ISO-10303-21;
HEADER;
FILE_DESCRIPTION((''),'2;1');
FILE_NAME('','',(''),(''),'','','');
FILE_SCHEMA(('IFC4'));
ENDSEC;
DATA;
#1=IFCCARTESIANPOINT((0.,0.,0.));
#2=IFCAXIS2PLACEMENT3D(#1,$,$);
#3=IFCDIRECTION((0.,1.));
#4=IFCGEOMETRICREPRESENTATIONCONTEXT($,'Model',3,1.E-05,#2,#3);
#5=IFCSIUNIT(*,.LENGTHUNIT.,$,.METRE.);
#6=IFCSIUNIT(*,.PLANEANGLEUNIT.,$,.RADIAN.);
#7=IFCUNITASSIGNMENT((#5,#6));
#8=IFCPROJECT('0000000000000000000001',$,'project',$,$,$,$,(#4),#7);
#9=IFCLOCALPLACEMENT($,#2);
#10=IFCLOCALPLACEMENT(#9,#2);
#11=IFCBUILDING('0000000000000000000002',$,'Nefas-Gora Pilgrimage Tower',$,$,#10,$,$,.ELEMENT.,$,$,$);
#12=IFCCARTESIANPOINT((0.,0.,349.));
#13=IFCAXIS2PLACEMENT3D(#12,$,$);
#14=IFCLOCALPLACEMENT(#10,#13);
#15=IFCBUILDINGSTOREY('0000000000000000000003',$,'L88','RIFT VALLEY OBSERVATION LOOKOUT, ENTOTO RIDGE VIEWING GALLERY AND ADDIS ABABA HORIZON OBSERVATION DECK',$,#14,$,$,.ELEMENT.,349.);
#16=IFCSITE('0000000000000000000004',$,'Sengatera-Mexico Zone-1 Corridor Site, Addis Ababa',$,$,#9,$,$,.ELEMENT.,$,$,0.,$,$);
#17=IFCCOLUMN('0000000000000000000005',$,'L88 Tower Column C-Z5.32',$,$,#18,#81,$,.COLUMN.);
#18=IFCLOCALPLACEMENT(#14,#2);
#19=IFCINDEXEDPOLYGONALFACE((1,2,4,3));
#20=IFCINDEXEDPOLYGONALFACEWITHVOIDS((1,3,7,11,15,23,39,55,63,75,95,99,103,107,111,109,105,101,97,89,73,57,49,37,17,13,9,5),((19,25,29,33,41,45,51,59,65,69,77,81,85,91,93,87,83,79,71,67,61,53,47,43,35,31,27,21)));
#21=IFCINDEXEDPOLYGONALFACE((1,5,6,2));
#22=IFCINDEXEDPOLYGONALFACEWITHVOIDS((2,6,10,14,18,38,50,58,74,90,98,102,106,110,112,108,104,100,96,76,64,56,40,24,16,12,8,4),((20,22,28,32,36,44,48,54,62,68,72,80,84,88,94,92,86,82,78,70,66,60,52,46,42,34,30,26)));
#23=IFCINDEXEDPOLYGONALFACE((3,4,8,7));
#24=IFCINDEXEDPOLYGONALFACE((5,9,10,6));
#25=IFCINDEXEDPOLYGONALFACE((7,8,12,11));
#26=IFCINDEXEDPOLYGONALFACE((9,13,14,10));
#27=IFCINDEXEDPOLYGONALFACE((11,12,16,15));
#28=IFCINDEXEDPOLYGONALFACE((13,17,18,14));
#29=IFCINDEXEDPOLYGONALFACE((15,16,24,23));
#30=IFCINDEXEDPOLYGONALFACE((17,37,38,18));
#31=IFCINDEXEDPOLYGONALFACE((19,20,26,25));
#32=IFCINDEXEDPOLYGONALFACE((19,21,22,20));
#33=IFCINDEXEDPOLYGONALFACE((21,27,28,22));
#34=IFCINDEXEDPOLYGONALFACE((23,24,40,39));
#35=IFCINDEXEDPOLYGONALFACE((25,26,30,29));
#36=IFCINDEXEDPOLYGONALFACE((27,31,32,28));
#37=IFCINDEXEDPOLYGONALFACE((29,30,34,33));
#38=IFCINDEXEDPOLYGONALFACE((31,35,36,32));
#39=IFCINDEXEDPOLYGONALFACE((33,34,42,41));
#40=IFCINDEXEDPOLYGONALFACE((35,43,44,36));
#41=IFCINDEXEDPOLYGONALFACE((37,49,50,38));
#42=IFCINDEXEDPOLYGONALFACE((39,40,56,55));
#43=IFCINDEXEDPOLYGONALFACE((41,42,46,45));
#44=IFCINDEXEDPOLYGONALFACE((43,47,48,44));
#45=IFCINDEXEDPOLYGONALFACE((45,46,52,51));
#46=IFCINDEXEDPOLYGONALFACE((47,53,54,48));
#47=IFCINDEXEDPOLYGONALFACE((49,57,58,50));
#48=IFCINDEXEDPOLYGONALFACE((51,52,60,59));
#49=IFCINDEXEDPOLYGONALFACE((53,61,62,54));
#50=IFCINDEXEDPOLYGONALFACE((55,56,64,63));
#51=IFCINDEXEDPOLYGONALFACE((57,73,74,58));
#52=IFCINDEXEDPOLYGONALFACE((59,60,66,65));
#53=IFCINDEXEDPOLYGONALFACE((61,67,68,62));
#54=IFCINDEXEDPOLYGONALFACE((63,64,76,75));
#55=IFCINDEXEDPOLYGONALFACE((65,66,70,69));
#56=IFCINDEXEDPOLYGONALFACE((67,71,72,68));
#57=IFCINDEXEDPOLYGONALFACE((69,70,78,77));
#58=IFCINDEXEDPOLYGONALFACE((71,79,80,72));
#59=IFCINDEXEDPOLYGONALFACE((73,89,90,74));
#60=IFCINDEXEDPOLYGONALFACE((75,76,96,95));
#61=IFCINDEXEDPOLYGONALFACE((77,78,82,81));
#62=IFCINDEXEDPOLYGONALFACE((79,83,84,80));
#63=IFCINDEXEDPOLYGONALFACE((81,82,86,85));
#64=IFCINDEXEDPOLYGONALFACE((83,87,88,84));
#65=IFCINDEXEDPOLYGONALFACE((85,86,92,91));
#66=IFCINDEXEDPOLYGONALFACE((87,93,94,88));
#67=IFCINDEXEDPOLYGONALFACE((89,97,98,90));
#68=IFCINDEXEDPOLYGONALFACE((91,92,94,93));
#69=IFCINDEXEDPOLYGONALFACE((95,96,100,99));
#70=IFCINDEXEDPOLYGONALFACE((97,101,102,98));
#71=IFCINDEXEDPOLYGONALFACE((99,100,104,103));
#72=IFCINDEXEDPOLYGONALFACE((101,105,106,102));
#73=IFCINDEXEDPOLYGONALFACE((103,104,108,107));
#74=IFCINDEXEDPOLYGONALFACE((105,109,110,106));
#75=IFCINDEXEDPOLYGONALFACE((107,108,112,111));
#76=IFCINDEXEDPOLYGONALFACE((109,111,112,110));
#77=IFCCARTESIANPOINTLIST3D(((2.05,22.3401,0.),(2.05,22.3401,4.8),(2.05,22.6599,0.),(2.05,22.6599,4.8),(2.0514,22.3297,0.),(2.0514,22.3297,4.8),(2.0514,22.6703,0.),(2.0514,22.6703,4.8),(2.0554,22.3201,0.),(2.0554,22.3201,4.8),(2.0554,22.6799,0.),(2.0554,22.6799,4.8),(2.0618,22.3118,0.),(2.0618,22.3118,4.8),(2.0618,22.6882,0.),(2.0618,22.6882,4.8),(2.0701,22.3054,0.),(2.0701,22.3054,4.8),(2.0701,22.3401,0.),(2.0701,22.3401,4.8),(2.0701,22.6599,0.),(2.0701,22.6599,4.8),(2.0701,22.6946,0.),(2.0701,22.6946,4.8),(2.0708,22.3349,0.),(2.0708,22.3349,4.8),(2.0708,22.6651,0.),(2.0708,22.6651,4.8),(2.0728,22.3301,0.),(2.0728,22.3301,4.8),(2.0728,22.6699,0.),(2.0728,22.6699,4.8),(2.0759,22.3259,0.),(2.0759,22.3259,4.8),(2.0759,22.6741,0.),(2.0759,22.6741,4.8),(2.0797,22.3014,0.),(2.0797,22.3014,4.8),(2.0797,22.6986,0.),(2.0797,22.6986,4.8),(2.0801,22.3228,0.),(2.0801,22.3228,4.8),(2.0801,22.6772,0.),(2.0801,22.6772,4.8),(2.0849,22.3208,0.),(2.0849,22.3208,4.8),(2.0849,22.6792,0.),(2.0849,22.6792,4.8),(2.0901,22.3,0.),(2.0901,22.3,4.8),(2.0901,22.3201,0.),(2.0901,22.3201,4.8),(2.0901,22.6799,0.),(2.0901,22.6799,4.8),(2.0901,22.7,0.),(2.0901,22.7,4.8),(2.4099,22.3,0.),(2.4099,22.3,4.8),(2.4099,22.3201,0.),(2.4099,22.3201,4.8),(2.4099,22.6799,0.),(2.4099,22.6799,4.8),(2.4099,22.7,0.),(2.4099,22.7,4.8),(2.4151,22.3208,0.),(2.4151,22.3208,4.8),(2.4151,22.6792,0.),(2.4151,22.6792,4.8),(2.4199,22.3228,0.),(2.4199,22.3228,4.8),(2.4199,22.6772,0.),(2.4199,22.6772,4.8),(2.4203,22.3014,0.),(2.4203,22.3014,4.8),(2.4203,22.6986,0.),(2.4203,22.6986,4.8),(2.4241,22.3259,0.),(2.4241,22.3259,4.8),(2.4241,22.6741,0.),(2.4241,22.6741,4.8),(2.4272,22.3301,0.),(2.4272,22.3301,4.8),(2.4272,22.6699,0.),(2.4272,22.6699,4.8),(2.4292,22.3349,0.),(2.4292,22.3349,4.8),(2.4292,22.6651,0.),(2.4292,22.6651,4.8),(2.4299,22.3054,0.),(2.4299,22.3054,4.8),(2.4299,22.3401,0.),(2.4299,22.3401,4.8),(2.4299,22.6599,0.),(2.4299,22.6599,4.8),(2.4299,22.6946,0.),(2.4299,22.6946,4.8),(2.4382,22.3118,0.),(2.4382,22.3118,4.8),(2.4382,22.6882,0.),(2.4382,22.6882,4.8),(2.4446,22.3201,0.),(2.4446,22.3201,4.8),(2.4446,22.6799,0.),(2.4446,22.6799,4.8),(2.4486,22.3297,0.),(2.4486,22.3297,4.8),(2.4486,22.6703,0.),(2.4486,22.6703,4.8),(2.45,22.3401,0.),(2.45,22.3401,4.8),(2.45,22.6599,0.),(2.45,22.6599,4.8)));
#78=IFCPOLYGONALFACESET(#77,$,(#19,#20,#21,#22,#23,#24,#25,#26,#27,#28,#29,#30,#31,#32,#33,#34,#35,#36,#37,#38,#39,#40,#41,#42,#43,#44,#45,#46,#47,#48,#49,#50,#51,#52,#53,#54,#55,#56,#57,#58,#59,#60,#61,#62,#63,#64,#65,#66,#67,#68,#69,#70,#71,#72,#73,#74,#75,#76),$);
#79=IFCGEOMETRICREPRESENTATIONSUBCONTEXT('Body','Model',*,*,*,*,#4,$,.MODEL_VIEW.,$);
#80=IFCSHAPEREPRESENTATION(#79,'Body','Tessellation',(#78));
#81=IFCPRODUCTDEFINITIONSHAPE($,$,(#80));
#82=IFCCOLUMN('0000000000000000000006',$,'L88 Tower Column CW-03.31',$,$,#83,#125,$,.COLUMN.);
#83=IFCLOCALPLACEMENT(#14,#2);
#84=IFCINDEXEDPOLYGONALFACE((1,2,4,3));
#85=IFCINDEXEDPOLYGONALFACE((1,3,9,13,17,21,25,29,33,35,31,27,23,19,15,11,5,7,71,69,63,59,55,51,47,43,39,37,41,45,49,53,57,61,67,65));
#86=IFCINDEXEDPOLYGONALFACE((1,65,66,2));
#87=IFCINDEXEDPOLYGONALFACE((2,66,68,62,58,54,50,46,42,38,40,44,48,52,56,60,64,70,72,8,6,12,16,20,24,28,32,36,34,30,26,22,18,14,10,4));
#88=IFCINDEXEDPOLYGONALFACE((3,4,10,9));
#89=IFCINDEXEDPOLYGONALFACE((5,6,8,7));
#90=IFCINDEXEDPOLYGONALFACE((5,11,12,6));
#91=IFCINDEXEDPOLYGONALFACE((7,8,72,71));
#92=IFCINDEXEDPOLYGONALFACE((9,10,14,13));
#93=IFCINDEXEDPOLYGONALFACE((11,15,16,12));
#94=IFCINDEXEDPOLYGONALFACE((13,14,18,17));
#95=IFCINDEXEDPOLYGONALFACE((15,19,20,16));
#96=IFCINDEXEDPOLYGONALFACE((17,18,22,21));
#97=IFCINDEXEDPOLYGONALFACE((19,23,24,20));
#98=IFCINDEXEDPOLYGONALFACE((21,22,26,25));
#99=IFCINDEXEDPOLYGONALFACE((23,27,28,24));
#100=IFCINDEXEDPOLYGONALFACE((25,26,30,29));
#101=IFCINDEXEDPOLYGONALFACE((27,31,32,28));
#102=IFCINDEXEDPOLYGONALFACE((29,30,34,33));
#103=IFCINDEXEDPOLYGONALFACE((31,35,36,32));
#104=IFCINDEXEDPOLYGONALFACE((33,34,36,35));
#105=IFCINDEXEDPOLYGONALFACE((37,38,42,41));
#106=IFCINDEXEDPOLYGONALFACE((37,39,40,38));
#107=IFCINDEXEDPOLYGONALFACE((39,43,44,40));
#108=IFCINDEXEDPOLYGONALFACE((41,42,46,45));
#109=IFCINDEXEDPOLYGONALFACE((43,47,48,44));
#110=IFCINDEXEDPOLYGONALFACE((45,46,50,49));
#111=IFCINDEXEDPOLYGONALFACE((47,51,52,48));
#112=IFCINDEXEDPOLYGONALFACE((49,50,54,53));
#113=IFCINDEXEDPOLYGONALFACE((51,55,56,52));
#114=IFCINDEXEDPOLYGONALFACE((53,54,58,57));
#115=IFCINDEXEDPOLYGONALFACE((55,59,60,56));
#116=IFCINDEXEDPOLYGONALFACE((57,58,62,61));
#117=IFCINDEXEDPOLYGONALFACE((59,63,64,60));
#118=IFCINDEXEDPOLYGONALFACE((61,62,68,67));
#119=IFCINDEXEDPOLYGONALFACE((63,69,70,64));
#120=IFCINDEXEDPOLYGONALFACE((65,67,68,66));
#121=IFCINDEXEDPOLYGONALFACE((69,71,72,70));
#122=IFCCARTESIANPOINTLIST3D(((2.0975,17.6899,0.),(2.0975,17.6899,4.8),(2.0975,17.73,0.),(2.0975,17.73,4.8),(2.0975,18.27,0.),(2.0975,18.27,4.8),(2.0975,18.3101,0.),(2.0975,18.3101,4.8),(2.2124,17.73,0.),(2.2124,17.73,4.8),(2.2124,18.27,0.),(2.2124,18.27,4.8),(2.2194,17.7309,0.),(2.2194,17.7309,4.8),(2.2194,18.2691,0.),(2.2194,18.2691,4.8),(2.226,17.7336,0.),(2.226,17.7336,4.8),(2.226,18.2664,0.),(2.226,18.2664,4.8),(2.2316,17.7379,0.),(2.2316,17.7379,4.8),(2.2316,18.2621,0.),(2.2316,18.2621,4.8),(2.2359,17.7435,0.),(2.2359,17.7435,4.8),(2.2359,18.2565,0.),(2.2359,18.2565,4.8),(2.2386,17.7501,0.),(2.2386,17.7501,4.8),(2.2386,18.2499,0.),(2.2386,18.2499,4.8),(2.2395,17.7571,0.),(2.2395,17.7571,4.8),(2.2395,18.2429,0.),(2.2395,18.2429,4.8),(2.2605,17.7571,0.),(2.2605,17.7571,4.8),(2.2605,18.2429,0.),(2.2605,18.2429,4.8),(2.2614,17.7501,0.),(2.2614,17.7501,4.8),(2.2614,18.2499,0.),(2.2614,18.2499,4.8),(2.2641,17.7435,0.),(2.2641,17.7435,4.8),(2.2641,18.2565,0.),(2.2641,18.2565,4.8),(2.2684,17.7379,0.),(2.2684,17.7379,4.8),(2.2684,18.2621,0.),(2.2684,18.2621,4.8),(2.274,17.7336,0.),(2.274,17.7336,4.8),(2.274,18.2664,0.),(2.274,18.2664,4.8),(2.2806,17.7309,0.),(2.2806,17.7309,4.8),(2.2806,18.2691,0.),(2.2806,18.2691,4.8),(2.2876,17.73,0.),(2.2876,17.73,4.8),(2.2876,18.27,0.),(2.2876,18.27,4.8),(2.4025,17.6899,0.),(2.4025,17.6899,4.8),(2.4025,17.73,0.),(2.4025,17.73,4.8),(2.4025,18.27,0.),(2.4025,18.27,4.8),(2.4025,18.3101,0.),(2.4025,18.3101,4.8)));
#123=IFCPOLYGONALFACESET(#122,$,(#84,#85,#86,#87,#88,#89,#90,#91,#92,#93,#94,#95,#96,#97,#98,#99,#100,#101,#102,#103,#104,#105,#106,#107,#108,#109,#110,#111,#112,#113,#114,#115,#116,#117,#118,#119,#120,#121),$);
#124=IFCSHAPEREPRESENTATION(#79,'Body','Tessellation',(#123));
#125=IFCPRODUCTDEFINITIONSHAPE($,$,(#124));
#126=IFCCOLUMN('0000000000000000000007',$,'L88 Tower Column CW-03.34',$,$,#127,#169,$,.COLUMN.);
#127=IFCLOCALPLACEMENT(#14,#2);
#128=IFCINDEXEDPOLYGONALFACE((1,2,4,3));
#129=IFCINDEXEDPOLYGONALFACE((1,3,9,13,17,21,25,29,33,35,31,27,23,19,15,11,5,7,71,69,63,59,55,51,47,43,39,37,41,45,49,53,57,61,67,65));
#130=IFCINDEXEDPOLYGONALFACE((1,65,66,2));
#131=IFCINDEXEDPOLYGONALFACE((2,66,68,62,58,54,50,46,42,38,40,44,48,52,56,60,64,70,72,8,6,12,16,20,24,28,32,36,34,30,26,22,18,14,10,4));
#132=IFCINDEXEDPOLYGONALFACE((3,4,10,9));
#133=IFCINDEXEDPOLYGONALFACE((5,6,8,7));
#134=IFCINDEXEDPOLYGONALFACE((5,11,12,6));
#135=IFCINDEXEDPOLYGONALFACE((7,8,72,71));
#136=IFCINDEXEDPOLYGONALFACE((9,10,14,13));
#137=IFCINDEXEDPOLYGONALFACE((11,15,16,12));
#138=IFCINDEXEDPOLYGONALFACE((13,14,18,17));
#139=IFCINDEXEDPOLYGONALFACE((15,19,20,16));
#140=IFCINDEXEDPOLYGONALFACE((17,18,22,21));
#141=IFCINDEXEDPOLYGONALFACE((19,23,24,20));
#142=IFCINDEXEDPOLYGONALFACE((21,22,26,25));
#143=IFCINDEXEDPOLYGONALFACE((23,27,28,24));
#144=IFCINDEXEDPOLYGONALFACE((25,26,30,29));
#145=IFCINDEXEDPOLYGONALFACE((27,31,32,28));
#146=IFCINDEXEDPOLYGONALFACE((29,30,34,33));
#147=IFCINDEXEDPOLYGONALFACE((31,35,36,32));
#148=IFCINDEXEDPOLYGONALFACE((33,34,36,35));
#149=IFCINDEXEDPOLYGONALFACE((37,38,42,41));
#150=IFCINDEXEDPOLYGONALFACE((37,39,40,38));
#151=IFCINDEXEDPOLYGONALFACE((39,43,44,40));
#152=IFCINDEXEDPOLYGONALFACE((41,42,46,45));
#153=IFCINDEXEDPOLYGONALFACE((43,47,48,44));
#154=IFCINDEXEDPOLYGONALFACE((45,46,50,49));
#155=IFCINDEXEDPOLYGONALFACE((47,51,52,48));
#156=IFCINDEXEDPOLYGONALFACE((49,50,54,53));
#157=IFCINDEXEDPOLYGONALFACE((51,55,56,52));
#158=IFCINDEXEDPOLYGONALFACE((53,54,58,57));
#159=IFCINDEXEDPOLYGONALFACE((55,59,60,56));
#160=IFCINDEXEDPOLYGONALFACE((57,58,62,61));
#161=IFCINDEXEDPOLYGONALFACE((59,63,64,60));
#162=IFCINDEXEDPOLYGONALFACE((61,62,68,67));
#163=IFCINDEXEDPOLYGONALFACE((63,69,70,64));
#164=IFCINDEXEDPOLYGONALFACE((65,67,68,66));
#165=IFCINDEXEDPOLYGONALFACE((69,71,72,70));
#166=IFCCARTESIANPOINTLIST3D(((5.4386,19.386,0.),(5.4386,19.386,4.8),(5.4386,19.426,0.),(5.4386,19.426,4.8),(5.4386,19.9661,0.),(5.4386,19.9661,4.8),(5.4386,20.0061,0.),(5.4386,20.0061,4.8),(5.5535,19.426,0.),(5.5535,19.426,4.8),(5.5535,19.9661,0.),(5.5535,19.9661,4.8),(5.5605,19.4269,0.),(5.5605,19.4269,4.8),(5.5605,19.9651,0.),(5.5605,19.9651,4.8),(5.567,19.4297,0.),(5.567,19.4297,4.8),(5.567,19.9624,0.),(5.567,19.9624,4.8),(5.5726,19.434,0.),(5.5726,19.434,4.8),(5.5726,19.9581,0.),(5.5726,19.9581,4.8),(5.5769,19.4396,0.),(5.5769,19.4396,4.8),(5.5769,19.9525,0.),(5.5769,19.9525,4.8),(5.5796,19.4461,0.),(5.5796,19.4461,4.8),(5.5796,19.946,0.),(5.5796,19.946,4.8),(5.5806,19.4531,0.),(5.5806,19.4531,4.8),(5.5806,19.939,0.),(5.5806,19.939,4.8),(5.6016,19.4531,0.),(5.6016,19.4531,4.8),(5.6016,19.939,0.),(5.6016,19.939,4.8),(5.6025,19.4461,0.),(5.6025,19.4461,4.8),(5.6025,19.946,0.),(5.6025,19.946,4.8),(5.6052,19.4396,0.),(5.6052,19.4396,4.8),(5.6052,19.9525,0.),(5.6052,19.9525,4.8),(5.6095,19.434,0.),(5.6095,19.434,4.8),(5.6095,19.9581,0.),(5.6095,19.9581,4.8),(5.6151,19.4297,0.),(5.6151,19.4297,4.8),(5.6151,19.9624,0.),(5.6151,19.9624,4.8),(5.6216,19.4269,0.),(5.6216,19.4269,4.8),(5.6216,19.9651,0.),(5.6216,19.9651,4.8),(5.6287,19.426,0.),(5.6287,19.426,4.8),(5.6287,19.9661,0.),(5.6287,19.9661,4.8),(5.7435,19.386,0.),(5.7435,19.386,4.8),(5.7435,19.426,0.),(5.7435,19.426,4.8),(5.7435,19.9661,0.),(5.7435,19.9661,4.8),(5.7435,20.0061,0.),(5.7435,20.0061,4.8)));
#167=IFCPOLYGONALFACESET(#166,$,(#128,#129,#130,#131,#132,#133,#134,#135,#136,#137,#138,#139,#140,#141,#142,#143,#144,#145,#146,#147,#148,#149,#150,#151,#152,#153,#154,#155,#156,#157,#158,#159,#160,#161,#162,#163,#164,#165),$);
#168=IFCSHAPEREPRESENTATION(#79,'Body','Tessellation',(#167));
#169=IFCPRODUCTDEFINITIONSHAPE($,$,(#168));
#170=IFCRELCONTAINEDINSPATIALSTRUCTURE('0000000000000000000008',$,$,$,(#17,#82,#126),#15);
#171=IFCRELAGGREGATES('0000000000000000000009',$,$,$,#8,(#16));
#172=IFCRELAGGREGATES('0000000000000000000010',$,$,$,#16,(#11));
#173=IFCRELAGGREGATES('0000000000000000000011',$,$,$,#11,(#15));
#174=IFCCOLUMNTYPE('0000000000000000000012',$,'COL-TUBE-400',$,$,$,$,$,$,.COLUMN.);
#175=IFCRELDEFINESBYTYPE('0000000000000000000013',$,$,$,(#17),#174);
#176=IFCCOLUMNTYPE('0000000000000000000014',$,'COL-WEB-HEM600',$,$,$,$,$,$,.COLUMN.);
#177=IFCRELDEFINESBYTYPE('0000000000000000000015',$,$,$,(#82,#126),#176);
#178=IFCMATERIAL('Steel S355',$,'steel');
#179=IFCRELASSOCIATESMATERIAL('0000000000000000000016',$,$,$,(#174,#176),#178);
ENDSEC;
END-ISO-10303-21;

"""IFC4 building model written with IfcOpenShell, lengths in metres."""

from ifc_helpers import new_model, si_unit, direction, frame, origin, origin_2d, place, context, subcontext, project, spatial, hollow_rectangle, i_section, extrude, source, transform, mapped, material, material_profile, profile_set, type_object, element, save


model = new_model("IFC4")

# Units and contexts
model_context = context("Model", 3, precision=1e-05, world=origin(), true_north=direction((0.0, 1.0)))
body_context = subcontext(model_context, "Body", "Model", "MODEL_VIEW")
ifc_project = project(units=[si_unit("LENGTHUNIT", "METRE"), si_unit("PLANEANGLEUNIT", "RADIAN")], contexts=[model_context])

# Site, building, storey
site_placement = place(None, origin())
site = spatial("IfcSite", under=ifc_project, at=site_placement, Name="Sengatera-Mexico Zone-1 Corridor Site, Addis Ababa", CompositionType="ELEMENT", RefElevation=0.0)
building_placement = place(site_placement, origin())
building = spatial("IfcBuilding", under=site, at=building_placement, Name="Nefas-Gora Pilgrimage Tower", CompositionType="ELEMENT")
storey_placement = place(building_placement, frame((0.0, 0.0, 349.0)))
storey = spatial("IfcBuildingStorey", under=building, at=storey_placement, Name="L88", Description="RIFT VALLEY OBSERVATION LOOKOUT, ENTOTO RIDGE VIEWING GALLERY AND ADDIS ABABA HORIZON OBSERVATION DECK", CompositionType="ELEMENT", Elevation=349.0)

# Columns
ifc_material_1 = material(Name="Steel S355", Category="steel")
ifc_material_profile_1 = material_profile(ifc_material_1, hollow_rectangle(XDim=0.3999, YDim=0.3999, WallThickness=0.02, InnerFilletRadius=0.02, OuterFilletRadius=0.04, at=origin_2d()), Name="SHS 400x400x20")
ifc_profile_set_1 = profile_set([ifc_material_profile_1], Name="Steel S355")
column_type_1 = type_object("IfcColumnType", Name="COL-TUBE-400", PredefinedType="COLUMN", material=ifc_profile_set_1)
shared_shape_1 = source(origin(), body_context, "Body", "SweptSolid", [
    extrude(hollow_rectangle(XDim=0.3999, YDim=0.3999, WallThickness=0.02, InnerFilletRadius=0.02, OuterFilletRadius=0.04, at=origin_2d()), origin(), (0.0, 0.0, 1.0), 4.8),
])
column_1_placement = place(storey_placement, frame((2.25, 22.5, 0.0), z_axis=(0.0, 0.0, 1.0), x_axis=(1.0, 0.0, 0.0)))
element("IfcColumn", 1, at=column_1_placement, inside=storey, type_object=column_type_1, Name="L88 Tower Column C-Z5.32", PredefinedType="COLUMN", context=body_context, shape_type="MappedRepresentation", body=[
    mapped(shared_shape_1, transform((0.0, 0.0, 0.0), x_axis=(1.0, 0.0, 0.0), y_axis=(0.0, 1.0, 0.0), z_axis=(0.0, 0.0, 1.0), scale=1.0)),
])
ifc_material_profile_2 = material_profile(ifc_material_1, i_section(OverallWidth=0.3049, OverallDepth=0.6201, WebThickness=0.021, FlangeThickness=0.04, FilletRadius=0.0271, at=origin_2d()), Name="HEM 600")
ifc_profile_set_2 = profile_set([ifc_material_profile_2], Name="Steel S355")
column_type_2 = type_object("IfcColumnType", Name="COL-WEB-HEM600", PredefinedType="COLUMN", material=ifc_profile_set_2)
shared_shape_2 = source(origin(), body_context, "Body", "SweptSolid", [
    extrude(i_section(OverallWidth=0.3049, OverallDepth=0.6201, WebThickness=0.021, FlangeThickness=0.04, FilletRadius=0.0271, at=origin_2d()), origin(), (0.0, 0.0, 1.0), 4.8),
])
for number, where, z_axis, x_axis, name in (
    (2, (2.25, 18.0, 0.0), (0.0, 0.0, 1.0), (1.0, 0.0, 0.0), "L88 Tower Column CW-03.31"),
    (3, (5.5911, 19.696, 0.0), (0.0, 0.0, 1.0), (1.0, 0.0, 0.0), "L88 Tower Column CW-03.34"),
):
    element("IfcColumn", number, at=place(storey_placement, frame(where, z_axis=z_axis, x_axis=x_axis)), inside=storey, type_object=column_type_2, Name=name, PredefinedType="COLUMN", context=body_context, shape_type="MappedRepresentation", body=[
        mapped(shared_shape_2, transform((0.0, 0.0, 0.0), x_axis=(1.0, 0.0, 0.0), y_axis=(0.0, 1.0, 0.0), z_axis=(0.0, 0.0, 1.0), scale=1.0)),
    ])

save(model, "model.ifc")
